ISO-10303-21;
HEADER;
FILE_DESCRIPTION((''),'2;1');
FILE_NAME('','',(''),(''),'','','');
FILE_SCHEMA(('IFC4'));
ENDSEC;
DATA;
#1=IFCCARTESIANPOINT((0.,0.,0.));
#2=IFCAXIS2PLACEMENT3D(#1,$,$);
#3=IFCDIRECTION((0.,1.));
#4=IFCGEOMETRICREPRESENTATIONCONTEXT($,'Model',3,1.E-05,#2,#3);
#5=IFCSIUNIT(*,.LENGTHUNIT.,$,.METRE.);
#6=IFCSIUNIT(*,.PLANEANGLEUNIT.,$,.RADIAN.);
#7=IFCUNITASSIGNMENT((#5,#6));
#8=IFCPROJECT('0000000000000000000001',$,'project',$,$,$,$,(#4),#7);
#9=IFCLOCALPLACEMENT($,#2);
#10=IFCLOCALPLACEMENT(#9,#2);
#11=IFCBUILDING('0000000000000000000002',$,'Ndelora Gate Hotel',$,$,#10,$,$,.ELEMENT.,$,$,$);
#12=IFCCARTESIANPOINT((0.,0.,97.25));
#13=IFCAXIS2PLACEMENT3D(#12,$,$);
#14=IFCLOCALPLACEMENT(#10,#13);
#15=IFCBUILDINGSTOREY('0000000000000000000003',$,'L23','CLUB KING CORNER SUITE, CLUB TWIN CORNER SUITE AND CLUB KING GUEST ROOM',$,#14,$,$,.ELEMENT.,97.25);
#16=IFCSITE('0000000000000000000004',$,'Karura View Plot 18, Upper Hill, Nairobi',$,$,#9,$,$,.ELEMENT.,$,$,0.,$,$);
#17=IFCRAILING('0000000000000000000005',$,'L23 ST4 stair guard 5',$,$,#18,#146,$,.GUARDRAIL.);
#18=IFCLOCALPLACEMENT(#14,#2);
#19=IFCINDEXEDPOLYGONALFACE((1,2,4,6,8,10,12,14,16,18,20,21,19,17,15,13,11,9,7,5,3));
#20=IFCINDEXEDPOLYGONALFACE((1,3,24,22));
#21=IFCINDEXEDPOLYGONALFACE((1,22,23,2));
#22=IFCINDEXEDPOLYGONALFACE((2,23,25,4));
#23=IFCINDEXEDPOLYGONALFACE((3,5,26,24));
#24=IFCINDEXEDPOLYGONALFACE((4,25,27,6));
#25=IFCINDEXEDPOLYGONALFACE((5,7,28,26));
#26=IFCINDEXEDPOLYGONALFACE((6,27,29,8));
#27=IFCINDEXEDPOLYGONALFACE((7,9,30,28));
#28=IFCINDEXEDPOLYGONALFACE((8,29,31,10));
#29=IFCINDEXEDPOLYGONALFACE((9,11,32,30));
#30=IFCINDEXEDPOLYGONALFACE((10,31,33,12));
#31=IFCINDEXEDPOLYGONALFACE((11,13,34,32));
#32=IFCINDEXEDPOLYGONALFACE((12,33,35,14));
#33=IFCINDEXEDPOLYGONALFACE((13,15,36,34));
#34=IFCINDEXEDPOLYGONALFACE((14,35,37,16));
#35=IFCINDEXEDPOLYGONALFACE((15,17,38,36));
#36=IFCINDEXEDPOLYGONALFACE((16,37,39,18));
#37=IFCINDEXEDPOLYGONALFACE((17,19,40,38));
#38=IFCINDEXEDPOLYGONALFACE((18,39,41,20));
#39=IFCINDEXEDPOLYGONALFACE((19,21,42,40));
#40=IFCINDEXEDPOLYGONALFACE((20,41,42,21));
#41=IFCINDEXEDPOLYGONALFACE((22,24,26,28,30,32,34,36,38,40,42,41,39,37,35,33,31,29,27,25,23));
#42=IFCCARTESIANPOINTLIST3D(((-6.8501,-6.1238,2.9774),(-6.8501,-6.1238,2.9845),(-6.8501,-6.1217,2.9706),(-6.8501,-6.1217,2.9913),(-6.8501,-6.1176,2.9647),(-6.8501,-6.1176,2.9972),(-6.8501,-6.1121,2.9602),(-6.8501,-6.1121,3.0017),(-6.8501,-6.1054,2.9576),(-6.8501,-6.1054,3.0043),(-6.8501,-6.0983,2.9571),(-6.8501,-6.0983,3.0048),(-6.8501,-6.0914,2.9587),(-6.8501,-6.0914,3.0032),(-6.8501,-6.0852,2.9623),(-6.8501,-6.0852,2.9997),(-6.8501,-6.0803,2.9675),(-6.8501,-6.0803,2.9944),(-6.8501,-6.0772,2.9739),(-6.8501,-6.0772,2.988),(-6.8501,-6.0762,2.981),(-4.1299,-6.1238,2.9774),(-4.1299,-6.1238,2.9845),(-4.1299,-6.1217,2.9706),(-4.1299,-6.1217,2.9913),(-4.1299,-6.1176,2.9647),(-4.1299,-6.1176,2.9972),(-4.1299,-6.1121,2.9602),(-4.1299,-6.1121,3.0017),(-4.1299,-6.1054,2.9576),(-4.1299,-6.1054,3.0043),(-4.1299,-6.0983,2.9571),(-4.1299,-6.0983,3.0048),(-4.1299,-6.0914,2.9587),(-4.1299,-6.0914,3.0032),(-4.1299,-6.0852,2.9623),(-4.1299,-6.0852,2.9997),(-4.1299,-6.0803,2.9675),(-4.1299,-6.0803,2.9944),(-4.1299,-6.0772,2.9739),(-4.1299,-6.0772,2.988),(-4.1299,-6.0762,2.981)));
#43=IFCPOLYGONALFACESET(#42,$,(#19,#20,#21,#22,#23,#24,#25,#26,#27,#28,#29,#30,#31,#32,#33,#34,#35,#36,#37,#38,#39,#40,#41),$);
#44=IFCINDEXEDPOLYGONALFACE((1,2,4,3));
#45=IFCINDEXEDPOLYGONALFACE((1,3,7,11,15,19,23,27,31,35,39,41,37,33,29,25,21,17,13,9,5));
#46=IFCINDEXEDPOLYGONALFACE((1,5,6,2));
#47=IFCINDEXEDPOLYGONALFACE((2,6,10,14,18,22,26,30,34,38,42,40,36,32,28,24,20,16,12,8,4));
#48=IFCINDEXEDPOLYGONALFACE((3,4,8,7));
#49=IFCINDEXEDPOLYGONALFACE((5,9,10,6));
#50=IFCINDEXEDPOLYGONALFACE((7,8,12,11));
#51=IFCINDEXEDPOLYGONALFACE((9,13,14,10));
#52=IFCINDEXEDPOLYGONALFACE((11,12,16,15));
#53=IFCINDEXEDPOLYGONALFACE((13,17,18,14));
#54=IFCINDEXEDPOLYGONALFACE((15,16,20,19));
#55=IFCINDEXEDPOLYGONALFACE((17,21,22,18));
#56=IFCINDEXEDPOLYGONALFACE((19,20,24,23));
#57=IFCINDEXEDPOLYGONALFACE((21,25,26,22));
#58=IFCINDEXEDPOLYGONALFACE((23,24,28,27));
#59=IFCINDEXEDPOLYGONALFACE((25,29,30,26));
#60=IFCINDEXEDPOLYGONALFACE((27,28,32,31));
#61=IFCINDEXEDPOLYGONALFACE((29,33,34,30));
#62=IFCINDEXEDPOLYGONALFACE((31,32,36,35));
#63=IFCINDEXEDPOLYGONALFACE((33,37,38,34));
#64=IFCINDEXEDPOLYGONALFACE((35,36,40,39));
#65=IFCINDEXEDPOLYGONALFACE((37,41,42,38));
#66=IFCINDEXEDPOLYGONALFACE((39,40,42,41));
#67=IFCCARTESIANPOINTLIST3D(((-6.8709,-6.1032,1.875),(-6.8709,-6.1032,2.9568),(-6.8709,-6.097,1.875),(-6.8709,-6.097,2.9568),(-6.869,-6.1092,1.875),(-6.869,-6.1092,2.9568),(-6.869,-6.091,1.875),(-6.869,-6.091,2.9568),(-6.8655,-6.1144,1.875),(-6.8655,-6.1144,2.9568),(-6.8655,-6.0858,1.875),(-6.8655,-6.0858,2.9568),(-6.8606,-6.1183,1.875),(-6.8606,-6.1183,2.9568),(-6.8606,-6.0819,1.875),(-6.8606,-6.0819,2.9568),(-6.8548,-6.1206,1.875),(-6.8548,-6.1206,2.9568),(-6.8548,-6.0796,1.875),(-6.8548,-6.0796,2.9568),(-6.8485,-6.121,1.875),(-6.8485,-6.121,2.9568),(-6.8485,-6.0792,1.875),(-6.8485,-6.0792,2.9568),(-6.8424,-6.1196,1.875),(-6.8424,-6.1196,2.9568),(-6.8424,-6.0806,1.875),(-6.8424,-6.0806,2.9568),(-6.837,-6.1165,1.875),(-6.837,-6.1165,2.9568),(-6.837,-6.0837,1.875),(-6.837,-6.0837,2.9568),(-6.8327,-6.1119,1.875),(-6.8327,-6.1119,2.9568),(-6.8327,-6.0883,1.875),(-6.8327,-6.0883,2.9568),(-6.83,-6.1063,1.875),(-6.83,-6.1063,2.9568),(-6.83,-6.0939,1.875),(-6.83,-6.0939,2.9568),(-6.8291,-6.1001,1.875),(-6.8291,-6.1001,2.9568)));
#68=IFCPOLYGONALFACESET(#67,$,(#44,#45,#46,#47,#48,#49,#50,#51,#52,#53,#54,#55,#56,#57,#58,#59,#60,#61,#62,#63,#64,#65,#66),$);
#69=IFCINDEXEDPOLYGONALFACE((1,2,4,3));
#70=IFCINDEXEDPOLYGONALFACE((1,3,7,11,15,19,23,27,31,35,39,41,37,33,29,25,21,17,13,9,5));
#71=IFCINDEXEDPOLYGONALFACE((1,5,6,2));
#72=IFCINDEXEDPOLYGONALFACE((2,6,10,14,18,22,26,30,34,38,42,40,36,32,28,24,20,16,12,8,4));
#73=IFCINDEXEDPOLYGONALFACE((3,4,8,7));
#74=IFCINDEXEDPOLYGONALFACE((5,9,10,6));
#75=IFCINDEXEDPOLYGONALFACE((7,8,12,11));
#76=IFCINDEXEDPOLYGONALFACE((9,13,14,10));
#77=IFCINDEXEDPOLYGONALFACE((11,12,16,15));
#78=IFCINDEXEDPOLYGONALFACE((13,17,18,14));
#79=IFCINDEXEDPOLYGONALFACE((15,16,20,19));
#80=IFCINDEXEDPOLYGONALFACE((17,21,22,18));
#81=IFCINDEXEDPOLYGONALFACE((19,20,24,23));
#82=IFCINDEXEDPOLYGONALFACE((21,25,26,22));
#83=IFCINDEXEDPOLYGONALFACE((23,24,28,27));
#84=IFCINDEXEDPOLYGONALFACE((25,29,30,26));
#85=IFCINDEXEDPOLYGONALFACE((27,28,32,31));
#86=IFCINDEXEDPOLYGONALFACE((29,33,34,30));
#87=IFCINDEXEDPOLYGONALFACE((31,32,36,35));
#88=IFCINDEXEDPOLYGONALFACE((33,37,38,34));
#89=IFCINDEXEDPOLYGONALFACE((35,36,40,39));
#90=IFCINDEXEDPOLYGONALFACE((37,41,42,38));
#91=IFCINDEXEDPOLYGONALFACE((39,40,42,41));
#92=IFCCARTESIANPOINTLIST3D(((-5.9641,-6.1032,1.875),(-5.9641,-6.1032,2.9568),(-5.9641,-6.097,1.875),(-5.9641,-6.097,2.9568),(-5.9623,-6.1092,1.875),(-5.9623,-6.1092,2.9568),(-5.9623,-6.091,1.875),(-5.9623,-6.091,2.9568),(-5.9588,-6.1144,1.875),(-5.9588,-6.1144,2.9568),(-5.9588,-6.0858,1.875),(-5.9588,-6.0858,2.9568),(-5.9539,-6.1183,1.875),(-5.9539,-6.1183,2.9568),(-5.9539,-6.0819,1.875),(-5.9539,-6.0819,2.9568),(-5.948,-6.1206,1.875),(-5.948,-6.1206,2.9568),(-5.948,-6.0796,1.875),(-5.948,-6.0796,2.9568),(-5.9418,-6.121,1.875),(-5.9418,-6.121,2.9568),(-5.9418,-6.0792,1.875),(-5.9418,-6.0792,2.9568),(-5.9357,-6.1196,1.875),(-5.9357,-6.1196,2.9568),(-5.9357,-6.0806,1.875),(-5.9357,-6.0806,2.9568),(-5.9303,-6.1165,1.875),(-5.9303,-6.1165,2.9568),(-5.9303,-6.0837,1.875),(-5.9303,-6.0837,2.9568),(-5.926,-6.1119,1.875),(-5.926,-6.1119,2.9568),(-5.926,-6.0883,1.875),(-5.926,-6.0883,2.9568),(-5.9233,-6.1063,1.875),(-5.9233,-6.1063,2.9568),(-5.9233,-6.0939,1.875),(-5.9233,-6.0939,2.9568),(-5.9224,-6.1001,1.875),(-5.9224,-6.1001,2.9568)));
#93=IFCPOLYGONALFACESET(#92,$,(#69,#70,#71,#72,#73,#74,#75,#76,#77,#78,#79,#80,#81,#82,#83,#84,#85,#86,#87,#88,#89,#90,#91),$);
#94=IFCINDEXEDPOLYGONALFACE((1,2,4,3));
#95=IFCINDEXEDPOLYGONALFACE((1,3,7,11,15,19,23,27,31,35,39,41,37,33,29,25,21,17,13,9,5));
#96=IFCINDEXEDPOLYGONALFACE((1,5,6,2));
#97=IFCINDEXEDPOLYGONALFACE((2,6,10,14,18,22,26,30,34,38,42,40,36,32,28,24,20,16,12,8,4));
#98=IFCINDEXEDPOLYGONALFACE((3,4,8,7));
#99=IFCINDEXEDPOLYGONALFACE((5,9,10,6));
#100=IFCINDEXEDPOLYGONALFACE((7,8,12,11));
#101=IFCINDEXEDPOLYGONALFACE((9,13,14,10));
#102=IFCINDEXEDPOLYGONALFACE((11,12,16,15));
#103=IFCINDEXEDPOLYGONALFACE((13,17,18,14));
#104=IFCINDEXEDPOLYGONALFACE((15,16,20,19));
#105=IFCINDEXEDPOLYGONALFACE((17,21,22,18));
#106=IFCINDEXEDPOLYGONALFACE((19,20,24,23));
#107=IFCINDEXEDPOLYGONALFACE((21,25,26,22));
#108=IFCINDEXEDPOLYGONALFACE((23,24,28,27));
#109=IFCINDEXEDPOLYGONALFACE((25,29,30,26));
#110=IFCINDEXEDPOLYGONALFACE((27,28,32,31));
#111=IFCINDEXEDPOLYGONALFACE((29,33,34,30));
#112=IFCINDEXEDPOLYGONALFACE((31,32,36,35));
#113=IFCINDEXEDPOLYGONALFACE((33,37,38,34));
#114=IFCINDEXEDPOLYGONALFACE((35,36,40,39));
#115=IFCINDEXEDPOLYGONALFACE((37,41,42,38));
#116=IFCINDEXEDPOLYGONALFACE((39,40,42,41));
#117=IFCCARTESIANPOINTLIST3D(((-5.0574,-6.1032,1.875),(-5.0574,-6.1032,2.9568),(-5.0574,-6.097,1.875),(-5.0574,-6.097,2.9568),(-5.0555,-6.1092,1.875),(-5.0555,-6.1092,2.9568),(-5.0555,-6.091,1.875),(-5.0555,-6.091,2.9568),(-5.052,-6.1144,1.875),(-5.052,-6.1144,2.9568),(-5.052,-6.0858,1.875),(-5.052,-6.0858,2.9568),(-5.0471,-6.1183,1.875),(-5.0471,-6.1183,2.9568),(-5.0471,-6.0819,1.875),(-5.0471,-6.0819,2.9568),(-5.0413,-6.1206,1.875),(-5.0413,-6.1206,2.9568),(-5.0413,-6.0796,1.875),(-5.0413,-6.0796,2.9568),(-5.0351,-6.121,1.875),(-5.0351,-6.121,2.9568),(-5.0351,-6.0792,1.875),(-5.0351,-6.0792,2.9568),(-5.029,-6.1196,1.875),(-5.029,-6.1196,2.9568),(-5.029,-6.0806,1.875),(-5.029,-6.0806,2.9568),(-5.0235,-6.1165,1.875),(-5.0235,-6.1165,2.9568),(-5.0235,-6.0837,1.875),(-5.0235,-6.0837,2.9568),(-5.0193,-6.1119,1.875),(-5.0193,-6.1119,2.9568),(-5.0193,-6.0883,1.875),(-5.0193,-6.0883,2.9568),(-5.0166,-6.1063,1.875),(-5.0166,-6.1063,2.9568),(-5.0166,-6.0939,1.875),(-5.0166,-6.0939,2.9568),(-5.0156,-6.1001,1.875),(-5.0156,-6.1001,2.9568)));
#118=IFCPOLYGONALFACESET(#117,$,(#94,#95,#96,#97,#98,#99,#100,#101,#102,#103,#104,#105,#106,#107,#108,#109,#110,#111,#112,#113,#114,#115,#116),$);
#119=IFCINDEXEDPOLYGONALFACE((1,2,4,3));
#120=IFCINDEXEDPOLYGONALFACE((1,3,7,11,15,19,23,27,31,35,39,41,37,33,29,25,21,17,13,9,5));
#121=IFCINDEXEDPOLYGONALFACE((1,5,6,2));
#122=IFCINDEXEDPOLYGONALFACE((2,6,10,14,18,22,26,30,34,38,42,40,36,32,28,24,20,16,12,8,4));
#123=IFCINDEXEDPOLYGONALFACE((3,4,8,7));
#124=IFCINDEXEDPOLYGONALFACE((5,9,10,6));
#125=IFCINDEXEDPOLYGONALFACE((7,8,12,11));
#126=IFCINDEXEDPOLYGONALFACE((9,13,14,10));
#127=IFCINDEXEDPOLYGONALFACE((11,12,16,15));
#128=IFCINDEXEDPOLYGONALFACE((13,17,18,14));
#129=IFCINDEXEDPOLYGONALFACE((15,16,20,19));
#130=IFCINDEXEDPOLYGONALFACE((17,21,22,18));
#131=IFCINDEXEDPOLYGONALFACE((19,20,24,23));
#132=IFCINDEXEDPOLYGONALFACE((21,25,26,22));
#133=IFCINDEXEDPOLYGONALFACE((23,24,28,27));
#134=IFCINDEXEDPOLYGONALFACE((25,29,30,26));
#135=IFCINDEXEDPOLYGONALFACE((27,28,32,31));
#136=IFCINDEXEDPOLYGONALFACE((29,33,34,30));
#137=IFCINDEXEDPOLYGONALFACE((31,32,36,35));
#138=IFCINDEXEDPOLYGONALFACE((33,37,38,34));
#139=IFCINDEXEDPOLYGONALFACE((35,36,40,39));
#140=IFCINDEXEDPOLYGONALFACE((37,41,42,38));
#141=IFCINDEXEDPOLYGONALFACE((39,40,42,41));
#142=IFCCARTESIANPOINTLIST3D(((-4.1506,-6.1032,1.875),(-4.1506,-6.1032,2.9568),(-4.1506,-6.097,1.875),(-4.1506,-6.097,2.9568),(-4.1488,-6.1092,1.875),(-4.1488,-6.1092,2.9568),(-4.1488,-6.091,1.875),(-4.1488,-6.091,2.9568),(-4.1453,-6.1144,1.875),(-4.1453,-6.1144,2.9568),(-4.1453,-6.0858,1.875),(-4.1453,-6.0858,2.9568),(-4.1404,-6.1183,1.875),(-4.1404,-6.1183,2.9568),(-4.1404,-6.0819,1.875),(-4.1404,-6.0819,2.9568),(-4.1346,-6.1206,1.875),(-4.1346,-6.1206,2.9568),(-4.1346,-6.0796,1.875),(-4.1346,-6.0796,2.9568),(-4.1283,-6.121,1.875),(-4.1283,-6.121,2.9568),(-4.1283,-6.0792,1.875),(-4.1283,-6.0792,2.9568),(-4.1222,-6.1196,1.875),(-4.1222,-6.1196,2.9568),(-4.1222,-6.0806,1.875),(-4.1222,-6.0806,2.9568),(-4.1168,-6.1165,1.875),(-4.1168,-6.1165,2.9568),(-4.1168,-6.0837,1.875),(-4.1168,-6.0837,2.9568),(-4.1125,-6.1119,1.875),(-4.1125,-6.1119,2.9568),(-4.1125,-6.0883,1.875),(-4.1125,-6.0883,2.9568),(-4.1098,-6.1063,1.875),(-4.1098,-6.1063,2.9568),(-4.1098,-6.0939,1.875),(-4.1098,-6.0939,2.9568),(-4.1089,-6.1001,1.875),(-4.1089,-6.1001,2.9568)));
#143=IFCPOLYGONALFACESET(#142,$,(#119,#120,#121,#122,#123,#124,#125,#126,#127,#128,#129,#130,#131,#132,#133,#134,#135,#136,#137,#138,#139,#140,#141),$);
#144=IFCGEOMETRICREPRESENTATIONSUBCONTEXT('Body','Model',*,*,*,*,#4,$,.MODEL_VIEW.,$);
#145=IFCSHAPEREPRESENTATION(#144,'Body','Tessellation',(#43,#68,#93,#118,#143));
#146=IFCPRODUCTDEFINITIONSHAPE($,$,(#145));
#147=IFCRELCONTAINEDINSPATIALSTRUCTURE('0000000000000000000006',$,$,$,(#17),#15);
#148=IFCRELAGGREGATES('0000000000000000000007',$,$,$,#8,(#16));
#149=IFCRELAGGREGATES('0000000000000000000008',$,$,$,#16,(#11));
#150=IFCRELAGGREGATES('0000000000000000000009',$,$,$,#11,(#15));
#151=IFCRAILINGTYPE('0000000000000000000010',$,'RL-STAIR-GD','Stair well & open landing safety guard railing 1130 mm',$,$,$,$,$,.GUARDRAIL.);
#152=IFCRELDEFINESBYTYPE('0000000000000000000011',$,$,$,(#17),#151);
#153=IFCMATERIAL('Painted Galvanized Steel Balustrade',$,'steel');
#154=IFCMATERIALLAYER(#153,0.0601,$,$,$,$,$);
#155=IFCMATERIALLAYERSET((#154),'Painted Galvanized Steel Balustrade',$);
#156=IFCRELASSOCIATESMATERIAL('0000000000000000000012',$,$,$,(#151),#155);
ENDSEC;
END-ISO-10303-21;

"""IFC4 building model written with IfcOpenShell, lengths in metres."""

from ifc_helpers import new_model, si_unit, direction, frame, origin, origin_2d, place, context, subcontext, project, spatial, circle, extrude, material, layer, layer_set, type_object, element, save


model = new_model("IFC4")

# Units and contexts
model_context = context("Model", 3, precision=1e-05, world=origin(), true_north=direction((0.0, 1.0)))
body_context = subcontext(model_context, "Body", "Model", "MODEL_VIEW")
ifc_project = project(units=[si_unit("LENGTHUNIT", "METRE"), si_unit("PLANEANGLEUNIT", "RADIAN")], contexts=[model_context])

# Site, building, storey
site_placement = place(None, origin())
site = spatial("IfcSite", under=ifc_project, at=site_placement, Name="Karura View Plot 18, Upper Hill, Nairobi", CompositionType="ELEMENT", RefElevation=0.0)
building_placement = place(site_placement, origin())
building = spatial("IfcBuilding", under=site, at=building_placement, Name="Ndelora Gate Hotel", CompositionType="ELEMENT")
storey_placement = place(building_placement, frame((0.0, 0.0, 97.25)))
storey = spatial("IfcBuildingStorey", under=building, at=storey_placement, Name="L23", Description="CLUB KING CORNER SUITE, CLUB TWIN CORNER SUITE AND CLUB KING GUEST ROOM", CompositionType="ELEMENT", Elevation=97.25)

# Railing
ifc_material_1 = material(Name="Painted Galvanized Steel Balustrade", Category="steel")
ifc_layer_1 = layer(ifc_material_1, 0.0601)
ifc_layer_set_1 = layer_set([ifc_layer_1], Name="Painted Galvanized Steel Balustrade")
railing_type_1 = type_object("IfcRailingType", Name="RL-STAIR-GD", Description="Stair well & open landing safety guard railing 1130 mm", PredefinedType="GUARDRAIL", material=ifc_layer_set_1)
railing_1_placement = place(storey_placement, frame((-6.8501, -6.1001, 1.875)))
element("IfcRailing", 1, at=railing_1_placement, inside=storey, type_object=railing_type_1, Name="L23 ST4 stair guard 5", PredefinedType="GUARDRAIL", context=body_context, shape_type="SweptSolid", body=[
    extrude(circle(Radius=0.0239, at=origin_2d()), frame((0.0, 0.0, 1.106), z_axis=(1.0, 0.0, 0.0), x_axis=(0.0, 1.0, 0.0)), (0.0, 0.0, 1.0), 2.7202),
    extrude(circle(Radius=0.021, at=origin_2d()), origin(), (0.0, 0.0, 1.0), 1.0818),
    extrude(circle(Radius=0.021, at=origin_2d()), frame((0.9067, 0.0, 0.0)), (0.0, 0.0, 1.0), 1.0818),
    extrude(circle(Radius=0.021, at=origin_2d()), frame((1.8135, 0.0, 0.0)), (0.0, 0.0, 1.0), 1.0818),
    extrude(circle(Radius=0.021, at=origin_2d()), frame((2.7202, 0.0, 0.0)), (0.0, 0.0, 1.0), 1.0818),
])

save(model, "model.ifc")
